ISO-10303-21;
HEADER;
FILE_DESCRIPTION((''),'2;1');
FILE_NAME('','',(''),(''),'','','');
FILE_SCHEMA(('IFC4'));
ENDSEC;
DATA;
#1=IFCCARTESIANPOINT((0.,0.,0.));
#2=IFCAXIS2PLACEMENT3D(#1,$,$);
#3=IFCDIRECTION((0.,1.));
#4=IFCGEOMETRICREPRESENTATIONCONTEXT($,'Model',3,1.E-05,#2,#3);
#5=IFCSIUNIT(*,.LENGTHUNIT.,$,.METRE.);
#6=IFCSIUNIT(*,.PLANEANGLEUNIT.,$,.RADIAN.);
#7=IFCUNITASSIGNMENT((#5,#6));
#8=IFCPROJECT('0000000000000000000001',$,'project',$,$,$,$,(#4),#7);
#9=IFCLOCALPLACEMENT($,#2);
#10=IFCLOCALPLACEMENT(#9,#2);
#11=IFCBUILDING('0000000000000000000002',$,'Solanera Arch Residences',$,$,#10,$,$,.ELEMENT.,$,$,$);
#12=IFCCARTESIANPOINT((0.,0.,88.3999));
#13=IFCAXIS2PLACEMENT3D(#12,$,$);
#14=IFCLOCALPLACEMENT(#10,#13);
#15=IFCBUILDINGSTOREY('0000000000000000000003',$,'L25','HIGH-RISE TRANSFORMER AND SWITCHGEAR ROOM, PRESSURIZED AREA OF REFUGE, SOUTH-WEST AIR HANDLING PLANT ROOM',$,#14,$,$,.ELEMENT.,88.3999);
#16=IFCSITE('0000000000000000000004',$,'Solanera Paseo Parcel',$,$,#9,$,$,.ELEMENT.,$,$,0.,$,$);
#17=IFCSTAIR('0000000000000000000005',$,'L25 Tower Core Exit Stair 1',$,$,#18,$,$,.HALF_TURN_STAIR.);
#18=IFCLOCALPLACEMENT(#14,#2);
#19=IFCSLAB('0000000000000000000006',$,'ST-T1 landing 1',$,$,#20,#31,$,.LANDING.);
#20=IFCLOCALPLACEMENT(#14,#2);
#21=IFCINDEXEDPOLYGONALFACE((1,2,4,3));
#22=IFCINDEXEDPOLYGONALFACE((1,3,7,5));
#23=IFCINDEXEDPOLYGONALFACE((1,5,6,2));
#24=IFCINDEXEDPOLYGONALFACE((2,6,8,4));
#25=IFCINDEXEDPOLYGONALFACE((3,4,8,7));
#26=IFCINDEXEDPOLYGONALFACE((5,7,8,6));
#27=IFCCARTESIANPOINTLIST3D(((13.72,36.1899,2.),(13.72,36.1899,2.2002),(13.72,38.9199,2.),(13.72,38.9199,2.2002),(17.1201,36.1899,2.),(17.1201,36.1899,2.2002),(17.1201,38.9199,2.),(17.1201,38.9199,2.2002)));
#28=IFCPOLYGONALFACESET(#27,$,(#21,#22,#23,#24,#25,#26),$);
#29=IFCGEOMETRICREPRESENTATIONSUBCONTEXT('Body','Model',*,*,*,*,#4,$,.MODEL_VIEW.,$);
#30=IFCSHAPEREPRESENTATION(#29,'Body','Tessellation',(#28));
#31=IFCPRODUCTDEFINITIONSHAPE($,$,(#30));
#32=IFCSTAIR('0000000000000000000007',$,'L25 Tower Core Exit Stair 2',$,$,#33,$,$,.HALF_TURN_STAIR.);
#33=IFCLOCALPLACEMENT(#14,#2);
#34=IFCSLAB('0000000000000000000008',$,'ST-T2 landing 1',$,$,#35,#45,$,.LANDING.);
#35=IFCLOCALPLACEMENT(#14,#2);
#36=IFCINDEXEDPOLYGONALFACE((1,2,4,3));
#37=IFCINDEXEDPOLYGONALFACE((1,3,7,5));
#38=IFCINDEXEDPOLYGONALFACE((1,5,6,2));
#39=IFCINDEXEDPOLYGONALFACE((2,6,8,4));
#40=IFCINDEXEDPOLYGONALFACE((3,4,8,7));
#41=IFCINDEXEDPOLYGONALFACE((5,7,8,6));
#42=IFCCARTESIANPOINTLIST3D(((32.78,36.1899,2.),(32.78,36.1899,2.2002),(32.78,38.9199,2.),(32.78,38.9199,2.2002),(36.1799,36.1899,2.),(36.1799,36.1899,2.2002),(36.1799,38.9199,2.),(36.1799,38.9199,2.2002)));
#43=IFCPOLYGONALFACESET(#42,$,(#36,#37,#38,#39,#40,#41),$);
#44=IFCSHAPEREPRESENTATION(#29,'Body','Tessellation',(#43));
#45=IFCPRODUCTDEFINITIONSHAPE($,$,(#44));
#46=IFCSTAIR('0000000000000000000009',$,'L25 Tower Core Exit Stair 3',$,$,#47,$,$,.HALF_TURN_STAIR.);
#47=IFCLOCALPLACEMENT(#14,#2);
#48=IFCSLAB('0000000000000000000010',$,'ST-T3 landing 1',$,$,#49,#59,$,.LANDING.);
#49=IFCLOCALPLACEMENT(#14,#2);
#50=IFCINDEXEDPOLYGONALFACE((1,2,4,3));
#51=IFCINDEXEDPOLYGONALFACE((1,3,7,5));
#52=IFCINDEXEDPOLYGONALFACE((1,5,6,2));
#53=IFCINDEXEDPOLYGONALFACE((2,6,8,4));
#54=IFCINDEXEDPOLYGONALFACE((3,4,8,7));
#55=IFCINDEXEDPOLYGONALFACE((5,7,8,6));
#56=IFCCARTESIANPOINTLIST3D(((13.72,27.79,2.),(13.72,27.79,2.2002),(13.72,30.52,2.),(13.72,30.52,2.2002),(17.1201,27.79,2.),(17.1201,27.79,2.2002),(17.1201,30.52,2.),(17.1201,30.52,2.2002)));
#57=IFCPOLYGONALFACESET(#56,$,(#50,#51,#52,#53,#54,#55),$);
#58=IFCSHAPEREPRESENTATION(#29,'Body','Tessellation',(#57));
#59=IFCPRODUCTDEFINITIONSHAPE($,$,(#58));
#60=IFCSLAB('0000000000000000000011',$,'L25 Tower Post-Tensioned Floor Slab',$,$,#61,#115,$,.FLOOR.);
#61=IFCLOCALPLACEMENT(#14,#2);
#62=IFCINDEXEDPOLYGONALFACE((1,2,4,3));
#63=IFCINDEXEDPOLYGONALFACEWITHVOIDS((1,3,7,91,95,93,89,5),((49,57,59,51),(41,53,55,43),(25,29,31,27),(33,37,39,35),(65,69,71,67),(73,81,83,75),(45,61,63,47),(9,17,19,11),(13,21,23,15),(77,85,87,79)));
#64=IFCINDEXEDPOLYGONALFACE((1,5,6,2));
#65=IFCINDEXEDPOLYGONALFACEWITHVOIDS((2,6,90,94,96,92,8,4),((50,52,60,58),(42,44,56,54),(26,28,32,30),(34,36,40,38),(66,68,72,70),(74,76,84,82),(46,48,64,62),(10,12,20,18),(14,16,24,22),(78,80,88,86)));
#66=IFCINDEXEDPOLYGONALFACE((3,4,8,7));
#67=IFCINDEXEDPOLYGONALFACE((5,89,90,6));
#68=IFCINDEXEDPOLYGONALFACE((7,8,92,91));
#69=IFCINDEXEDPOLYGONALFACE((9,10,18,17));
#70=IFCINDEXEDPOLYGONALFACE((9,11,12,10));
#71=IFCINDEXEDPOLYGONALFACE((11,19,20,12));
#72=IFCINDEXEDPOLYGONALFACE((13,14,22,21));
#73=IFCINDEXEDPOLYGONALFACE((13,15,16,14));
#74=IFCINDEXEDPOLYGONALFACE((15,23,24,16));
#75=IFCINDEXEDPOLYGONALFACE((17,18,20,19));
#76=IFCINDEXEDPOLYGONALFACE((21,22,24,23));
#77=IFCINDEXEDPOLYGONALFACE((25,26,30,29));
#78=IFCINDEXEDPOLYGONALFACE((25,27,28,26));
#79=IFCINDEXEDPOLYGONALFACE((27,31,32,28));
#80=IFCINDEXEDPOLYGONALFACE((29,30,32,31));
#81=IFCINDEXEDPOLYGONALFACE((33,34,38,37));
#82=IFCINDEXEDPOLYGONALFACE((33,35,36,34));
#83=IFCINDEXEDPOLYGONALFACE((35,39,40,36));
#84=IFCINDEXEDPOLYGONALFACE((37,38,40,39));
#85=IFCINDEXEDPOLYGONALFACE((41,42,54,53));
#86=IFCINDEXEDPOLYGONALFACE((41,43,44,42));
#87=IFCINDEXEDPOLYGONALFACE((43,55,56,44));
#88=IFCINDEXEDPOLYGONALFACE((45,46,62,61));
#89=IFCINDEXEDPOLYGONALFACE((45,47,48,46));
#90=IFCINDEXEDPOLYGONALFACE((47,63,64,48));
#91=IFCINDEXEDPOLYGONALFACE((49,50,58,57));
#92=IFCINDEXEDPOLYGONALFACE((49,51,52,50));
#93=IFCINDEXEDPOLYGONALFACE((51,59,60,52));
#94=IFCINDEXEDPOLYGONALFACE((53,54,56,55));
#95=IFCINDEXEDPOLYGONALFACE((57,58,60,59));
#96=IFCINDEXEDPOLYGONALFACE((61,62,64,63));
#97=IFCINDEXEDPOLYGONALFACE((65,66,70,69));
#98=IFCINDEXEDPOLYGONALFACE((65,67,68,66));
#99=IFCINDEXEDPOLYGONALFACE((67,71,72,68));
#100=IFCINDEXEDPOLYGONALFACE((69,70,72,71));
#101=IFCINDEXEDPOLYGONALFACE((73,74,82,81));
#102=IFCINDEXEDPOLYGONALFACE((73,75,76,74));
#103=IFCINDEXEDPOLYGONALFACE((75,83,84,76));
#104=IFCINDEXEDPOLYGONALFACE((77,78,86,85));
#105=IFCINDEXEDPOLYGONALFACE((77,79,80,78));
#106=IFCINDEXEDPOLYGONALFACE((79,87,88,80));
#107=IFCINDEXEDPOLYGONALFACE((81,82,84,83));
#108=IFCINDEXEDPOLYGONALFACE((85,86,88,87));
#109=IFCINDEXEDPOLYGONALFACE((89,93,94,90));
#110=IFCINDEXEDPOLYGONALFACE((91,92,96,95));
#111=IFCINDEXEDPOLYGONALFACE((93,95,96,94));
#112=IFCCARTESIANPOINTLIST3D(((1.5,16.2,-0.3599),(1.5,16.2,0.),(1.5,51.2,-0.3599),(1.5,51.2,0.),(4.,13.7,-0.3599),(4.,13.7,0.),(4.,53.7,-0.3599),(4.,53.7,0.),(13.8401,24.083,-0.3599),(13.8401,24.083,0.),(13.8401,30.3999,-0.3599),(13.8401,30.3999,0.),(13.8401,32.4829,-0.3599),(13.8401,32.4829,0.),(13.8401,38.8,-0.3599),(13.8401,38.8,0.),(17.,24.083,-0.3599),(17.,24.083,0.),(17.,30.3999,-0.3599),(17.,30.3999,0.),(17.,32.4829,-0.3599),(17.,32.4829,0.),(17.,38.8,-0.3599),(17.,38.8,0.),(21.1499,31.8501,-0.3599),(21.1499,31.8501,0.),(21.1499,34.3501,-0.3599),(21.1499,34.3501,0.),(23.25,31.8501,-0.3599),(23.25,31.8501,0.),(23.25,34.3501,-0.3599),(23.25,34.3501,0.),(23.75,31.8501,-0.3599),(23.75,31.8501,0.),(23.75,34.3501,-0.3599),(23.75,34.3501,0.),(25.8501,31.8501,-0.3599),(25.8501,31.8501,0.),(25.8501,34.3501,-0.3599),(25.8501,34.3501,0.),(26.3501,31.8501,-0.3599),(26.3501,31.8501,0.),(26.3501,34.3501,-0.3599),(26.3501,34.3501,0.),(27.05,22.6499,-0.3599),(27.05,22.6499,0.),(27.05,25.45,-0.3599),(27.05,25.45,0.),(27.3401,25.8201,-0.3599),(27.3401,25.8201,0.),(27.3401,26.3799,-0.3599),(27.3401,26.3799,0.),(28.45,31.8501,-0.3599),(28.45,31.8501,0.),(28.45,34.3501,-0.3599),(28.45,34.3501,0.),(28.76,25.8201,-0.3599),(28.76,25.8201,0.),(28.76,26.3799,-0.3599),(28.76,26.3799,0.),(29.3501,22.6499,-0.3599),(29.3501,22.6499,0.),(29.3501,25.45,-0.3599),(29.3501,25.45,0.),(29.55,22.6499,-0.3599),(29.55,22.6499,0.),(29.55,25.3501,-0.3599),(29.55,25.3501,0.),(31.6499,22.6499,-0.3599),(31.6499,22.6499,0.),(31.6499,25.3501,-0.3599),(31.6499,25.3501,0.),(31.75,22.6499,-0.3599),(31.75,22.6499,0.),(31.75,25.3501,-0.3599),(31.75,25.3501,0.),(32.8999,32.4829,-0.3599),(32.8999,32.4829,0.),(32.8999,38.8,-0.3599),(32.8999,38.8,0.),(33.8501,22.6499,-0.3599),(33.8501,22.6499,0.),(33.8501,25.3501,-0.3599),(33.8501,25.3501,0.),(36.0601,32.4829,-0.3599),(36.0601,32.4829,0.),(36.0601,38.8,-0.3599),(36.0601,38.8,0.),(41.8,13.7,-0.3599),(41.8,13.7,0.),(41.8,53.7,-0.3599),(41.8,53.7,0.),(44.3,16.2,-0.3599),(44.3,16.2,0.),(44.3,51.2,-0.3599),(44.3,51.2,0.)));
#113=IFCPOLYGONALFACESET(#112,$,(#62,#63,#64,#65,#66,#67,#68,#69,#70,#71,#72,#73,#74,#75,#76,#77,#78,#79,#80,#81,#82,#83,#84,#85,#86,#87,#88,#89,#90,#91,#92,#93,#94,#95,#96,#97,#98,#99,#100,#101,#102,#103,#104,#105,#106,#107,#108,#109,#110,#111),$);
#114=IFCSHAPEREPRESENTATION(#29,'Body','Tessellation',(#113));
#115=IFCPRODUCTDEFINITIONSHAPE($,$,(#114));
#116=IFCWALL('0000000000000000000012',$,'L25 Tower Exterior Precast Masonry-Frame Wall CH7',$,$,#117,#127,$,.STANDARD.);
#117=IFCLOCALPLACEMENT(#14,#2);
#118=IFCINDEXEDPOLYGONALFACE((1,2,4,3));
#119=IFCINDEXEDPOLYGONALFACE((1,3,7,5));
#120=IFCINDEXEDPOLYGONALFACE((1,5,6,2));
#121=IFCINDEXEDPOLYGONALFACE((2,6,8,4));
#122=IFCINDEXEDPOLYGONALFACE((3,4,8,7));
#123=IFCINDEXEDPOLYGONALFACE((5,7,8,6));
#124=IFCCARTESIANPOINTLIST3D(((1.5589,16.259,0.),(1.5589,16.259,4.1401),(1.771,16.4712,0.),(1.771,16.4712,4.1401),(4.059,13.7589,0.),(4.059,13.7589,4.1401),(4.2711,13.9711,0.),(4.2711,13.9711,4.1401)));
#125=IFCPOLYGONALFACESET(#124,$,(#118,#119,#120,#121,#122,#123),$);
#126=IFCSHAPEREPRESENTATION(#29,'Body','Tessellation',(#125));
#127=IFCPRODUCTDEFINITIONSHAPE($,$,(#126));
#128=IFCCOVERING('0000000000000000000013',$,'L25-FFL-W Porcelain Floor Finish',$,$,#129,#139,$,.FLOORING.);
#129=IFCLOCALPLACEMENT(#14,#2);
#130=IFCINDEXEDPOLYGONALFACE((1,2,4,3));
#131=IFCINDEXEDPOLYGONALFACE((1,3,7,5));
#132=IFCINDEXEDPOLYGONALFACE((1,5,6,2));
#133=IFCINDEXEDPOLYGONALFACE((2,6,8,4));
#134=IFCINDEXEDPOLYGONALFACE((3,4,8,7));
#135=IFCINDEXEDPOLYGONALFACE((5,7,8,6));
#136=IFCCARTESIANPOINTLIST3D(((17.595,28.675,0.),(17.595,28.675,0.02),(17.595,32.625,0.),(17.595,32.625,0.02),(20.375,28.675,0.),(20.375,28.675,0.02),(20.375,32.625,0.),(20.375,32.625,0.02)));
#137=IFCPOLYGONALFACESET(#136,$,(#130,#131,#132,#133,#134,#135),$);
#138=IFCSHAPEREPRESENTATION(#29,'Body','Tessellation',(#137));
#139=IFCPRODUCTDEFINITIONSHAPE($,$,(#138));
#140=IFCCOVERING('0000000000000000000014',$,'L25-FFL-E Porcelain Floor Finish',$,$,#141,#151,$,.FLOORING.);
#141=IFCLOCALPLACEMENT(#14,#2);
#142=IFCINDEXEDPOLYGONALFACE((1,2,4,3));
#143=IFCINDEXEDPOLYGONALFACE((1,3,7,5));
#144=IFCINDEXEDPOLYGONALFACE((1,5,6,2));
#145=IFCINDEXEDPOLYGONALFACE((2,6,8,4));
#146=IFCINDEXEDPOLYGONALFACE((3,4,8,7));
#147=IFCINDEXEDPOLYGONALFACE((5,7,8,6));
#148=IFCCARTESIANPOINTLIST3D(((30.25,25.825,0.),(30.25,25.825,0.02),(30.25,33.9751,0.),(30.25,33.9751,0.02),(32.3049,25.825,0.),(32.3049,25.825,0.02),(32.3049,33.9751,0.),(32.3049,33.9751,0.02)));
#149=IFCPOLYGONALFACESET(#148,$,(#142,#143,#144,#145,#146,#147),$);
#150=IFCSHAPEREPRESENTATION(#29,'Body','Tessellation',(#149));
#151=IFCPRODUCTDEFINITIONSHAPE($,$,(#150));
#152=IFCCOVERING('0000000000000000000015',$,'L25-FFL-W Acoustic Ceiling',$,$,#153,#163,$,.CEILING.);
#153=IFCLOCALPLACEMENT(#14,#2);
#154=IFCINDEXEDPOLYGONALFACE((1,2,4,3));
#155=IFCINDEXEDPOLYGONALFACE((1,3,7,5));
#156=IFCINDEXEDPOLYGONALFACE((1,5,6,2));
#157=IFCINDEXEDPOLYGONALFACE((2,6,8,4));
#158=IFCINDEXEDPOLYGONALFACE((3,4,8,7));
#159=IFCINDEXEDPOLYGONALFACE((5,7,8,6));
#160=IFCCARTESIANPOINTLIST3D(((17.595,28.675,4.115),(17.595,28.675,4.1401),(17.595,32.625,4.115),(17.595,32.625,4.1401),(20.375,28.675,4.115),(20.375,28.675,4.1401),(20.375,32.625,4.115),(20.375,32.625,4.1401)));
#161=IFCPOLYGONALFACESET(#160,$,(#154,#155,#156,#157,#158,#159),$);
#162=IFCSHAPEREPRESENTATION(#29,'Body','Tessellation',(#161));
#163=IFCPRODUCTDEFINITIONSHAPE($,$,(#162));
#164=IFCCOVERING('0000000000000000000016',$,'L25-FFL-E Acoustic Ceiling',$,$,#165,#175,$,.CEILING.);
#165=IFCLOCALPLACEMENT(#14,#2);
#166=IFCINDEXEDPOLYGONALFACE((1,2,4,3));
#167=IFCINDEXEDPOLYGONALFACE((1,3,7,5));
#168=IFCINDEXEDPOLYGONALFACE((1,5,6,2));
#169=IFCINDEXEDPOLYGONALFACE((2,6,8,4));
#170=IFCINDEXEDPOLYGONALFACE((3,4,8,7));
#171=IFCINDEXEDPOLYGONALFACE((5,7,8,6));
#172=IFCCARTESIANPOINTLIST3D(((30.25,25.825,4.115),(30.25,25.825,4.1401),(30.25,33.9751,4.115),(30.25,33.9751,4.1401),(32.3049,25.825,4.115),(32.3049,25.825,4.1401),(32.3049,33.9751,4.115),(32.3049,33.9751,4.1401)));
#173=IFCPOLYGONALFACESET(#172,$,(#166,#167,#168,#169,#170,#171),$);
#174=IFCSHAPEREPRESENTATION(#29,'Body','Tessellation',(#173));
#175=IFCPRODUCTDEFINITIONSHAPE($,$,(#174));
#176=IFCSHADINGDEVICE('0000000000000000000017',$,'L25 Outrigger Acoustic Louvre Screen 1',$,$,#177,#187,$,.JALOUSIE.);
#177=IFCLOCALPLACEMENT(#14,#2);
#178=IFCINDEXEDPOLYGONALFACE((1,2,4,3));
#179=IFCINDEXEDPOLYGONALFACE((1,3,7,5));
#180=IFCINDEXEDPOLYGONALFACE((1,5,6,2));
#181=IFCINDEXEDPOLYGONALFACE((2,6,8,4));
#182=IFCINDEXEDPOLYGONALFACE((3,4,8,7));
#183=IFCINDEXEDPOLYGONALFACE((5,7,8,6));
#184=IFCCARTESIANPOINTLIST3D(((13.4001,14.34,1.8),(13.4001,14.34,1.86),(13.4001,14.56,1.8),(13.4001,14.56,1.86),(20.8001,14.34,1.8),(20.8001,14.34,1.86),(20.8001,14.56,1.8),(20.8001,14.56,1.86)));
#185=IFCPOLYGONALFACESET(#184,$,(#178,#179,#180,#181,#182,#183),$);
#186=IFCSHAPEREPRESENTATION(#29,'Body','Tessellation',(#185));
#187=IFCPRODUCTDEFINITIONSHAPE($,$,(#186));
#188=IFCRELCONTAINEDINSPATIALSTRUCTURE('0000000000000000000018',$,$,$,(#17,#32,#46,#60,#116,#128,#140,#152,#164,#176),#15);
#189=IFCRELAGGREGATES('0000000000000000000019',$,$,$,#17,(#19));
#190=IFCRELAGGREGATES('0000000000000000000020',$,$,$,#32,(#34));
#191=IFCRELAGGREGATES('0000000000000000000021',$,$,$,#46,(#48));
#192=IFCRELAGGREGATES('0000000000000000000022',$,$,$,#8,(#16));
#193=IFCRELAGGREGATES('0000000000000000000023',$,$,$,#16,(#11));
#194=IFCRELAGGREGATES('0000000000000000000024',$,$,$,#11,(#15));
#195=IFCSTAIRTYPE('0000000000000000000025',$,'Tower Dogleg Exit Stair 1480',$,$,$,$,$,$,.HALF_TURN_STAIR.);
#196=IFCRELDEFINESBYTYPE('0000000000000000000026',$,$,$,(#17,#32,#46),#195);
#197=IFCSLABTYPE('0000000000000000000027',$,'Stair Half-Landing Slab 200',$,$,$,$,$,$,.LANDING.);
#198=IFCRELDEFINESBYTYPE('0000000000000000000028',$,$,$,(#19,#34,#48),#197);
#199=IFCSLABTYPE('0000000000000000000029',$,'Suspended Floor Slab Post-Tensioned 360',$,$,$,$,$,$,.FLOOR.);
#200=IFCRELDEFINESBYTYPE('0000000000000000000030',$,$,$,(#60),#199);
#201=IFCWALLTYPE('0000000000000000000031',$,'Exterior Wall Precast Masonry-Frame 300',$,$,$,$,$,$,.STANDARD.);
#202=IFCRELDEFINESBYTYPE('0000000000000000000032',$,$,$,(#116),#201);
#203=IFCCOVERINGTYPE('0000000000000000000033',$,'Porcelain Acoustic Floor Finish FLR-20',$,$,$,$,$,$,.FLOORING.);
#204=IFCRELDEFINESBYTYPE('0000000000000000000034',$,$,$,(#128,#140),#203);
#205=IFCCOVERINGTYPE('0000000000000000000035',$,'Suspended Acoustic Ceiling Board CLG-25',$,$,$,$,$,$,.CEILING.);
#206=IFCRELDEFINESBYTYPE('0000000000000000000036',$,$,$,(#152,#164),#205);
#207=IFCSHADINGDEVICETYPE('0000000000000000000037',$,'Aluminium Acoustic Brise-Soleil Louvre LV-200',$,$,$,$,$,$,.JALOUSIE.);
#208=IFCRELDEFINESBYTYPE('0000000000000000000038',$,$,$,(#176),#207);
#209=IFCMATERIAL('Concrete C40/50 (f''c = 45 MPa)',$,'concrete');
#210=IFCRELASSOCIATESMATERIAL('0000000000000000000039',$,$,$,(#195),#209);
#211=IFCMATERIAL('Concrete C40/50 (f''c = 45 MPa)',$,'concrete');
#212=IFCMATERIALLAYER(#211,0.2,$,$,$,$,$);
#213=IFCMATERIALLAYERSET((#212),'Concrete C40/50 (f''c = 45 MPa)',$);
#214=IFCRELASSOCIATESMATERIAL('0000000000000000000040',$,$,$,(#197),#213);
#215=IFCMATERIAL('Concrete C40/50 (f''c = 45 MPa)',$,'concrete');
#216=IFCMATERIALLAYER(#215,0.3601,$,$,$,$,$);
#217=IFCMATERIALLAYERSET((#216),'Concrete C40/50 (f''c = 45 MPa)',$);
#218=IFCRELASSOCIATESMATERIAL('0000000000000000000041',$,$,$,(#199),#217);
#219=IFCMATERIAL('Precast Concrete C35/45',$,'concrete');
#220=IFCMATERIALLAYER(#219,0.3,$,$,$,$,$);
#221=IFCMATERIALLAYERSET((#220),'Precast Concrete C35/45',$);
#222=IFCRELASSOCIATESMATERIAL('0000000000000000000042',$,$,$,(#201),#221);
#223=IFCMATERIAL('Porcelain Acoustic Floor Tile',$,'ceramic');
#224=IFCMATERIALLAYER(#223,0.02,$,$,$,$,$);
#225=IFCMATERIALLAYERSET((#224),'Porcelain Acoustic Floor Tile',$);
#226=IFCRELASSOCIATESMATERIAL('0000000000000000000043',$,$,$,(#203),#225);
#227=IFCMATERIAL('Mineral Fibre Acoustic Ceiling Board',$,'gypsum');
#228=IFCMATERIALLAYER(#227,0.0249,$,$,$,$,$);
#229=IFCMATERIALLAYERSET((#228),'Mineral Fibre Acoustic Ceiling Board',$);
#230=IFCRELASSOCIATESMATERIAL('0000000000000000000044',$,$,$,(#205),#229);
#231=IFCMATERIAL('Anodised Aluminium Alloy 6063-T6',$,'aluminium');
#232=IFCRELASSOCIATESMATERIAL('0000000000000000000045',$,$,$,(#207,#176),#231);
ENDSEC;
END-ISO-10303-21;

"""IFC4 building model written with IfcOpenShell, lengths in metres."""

from ifc_helpers import new_model, si_unit, direction, frame, frame_2d, origin, origin_2d, place, context, subcontext, project, spatial, polyline, rectangle, outline, extrude, material, layer, layer_set, type_object, element, aggregate, save


model = new_model("IFC4")

# Units and contexts
model_context = context("Model", 3, precision=1e-05, world=origin(), true_north=direction((0.0, 1.0)))
body_context = subcontext(model_context, "Body", "Model", "MODEL_VIEW")
ifc_project = project(units=[si_unit("LENGTHUNIT", "METRE"), si_unit("PLANEANGLEUNIT", "RADIAN")], contexts=[model_context])

# Site, building, storey
site_placement = place(None, origin())
site = spatial("IfcSite", under=ifc_project, at=site_placement, Name="Solanera Paseo Parcel", CompositionType="ELEMENT", RefElevation=0.0)
building_placement = place(site_placement, origin())
building = spatial("IfcBuilding", under=site, at=building_placement, Name="Solanera Arch Residences", CompositionType="ELEMENT")
storey_placement = place(building_placement, frame((0.0, 0.0, 88.3999)))
storey = spatial("IfcBuildingStorey", under=building, at=storey_placement, Name="L25", Description="HIGH-RISE TRANSFORMER AND SWITCHGEAR ROOM, PRESSURIZED AREA OF REFUGE, SOUTH-WEST AIR HANDLING PLANT ROOM", CompositionType="ELEMENT", Elevation=88.3999)

# Stairs, slabs
ifc_material_1 = material(Name="Concrete C40/50 (f'c = 45 MPa)", Category="concrete")
stair_type = type_object("IfcStairType", Name="Tower Dogleg Exit Stair 1480", PredefinedType="HALF_TURN_STAIR", material=ifc_material_1)
stair_1_placement = place(storey_placement, origin())
stair_1 = element("IfcStair", 1, at=stair_1_placement, inside=storey, type_object=stair_type, Name="L25 Tower Core Exit Stair 1", PredefinedType="HALF_TURN_STAIR")
ifc_material_2 = material(Name="Concrete C40/50 (f'c = 45 MPa)", Category="concrete")
ifc_layer_1 = layer(ifc_material_2, 0.2)
ifc_layer_set_1 = layer_set([ifc_layer_1], Name="Concrete C40/50 (f'c = 45 MPa)")
slab_type_1 = type_object("IfcSlabType", Name="Stair Half-Landing Slab 200", PredefinedType="LANDING", material=ifc_layer_set_1)
slab_1_placement = place(storey_placement, frame((0.0, 0.0, 2.0)))
slab_1 = element("IfcSlab", 2, at=slab_1_placement, type_object=slab_type_1, Name="ST-T1 landing 1", PredefinedType="LANDING", context=body_context, shape_type="SweptSolid", body=[
    extrude(outline(polyline([(17.1201, 36.1899), (17.1201, 38.9199), (13.72, 38.9199), (13.72, 36.1899), (17.1201, 36.1899)])), origin(), (0.0, 0.0, 1.0), 0.2002),
])
aggregate(stair_1, [slab_1])
stair_2_placement = place(storey_placement, origin())
stair_2 = element("IfcStair", 3, at=stair_2_placement, inside=storey, type_object=stair_type, Name="L25 Tower Core Exit Stair 2", PredefinedType="HALF_TURN_STAIR")
slab_2_placement = place(storey_placement, frame((0.0, 0.0, 2.0)))
slab_2 = element("IfcSlab", 4, at=slab_2_placement, type_object=slab_type_1, Name="ST-T2 landing 1", PredefinedType="LANDING", context=body_context, shape_type="SweptSolid", body=[
    extrude(outline(polyline([(36.1799, 36.1899), (36.1799, 38.9199), (32.78, 38.9199), (32.78, 36.1899), (36.1799, 36.1899)])), origin(), (0.0, 0.0, 1.0), 0.2002),
])
aggregate(stair_2, [slab_2])
stair_3_placement = place(storey_placement, origin())
stair_3 = element("IfcStair", 5, at=stair_3_placement, inside=storey, type_object=stair_type, Name="L25 Tower Core Exit Stair 3", PredefinedType="HALF_TURN_STAIR")
slab_3_placement = place(storey_placement, frame((0.0, 0.0, 2.0)))
slab_3 = element("IfcSlab", 6, at=slab_3_placement, type_object=slab_type_1, Name="ST-T3 landing 1", PredefinedType="LANDING", context=body_context, shape_type="SweptSolid", body=[
    extrude(outline(polyline([(17.1201, 27.79), (17.1201, 30.52), (13.72, 30.52), (13.72, 27.79), (17.1201, 27.79)])), origin(), (0.0, 0.0, 1.0), 0.2002),
])
aggregate(stair_3, [slab_3])

# Slab
ifc_material_3 = material(Name="Concrete C40/50 (f'c = 45 MPa)", Category="concrete")
ifc_layer_2 = layer(ifc_material_3, 0.3601)
ifc_layer_set_2 = layer_set([ifc_layer_2], Name="Concrete C40/50 (f'c = 45 MPa)")
slab_type_2 = type_object("IfcSlabType", Name="Suspended Floor Slab Post-Tensioned 360", PredefinedType="FLOOR", material=ifc_layer_set_2)
slab_4_placement = place(storey_placement, frame((0.0, 0.0, -0.3599)))
element("IfcSlab", 7, at=slab_4_placement, inside=storey, type_object=slab_type_2, Name="L25 Tower Post-Tensioned Floor Slab", PredefinedType="FLOOR", context=body_context, shape_type="SweptSolid", body=[
    extrude(outline(polyline([(4.0, 13.7), (41.8, 13.7), (44.3, 16.2), (44.3, 51.2), (41.8, 53.7), (4.0, 53.7), (1.5, 51.2), (1.5, 16.2), (4.0, 13.7)]), holes=[polyline([(13.8401, 32.4829), (13.8401, 38.8), (17.0, 38.8), (17.0, 32.4829), (13.8401, 32.4829)]), polyline([(32.8999, 32.4829), (32.8999, 38.8), (36.0601, 38.8), (36.0601, 32.4829), (32.8999, 32.4829)]), polyline([(13.8401, 24.083), (13.8401, 30.3999), (17.0, 30.3999), (17.0, 24.083), (13.8401, 24.083)]), polyline([(21.1499, 34.3501), (23.25, 34.3501), (23.25, 31.8501), (21.1499, 31.8501), (21.1499, 34.3501)]), polyline([(23.75, 34.3501), (25.8501, 34.3501), (25.8501, 31.8501), (23.75, 31.8501), (23.75, 34.3501)]), polyline([(26.3501, 34.3501), (28.45, 34.3501), (28.45, 31.8501), (26.3501, 31.8501), (26.3501, 34.3501)]), polyline([(29.55, 25.3501), (31.6499, 25.3501), (31.6499, 22.6499), (29.55, 22.6499), (29.55, 25.3501)]), polyline([(31.75, 25.3501), (33.8501, 25.3501), (33.8501, 22.6499), (31.75, 22.6499), (31.75, 25.3501)]), polyline([(27.05, 25.45), (29.3501, 25.45), (29.3501, 22.6499), (27.05, 22.6499), (27.05, 25.45)]), polyline([(27.3401, 26.3799), (28.76, 26.3799), (28.76, 25.8201), (27.3401, 25.8201), (27.3401, 26.3799)])]), origin(), (0.0, 0.0, 1.0), 0.3599),
])

# Wall
ifc_material_4 = material(Name="Precast Concrete C35/45", Category="concrete")
ifc_layer_3 = layer(ifc_material_4, 0.3)
ifc_layer_set_3 = layer_set([ifc_layer_3], Name="Precast Concrete C35/45")
wall_type_1 = type_object("IfcWallType", Name="Exterior Wall Precast Masonry-Frame 300", PredefinedType="STANDARD", material=ifc_layer_set_3)
wall_placement = place(storey_placement, frame((4.165, 13.865, 0.0), z_axis=(0.0, 0.0, 1.0), x_axis=(-0.707107, 0.707107, 0.0)))
element("IfcWall", 8, at=wall_placement, inside=storey, type_object=wall_type_1, Name="L25 Tower Exterior Precast Masonry-Frame Wall CH7", PredefinedType="STANDARD", context=body_context, shape_type="SweptSolid", body=[
    extrude(rectangle(XDim=3.5356, YDim=0.3, at=frame_2d((1.7678, 0.0))), origin(), (0.0, 0.0, 1.0), 4.1401),
])

# Coverings
ifc_material_5 = material(Name="Porcelain Acoustic Floor Tile", Category="ceramic")
ifc_layer_4 = layer(ifc_material_5, 0.02)
ifc_layer_set_4 = layer_set([ifc_layer_4], Name="Porcelain Acoustic Floor Tile")
covering_type_1 = type_object("IfcCoveringType", Name="Porcelain Acoustic Floor Finish FLR-20", PredefinedType="FLOORING", material=ifc_layer_set_4)
covering_1_placement = place(storey_placement, origin())
element("IfcCovering", 9, at=covering_1_placement, inside=storey, type_object=covering_type_1, Name="L25-FFL-W Porcelain Floor Finish", PredefinedType="FLOORING", context=body_context, shape_type="SweptSolid", body=[
    extrude(outline(polyline([(20.375, 28.675), (17.595, 28.675), (17.595, 32.625), (20.375, 32.625), (20.375, 28.675)])), origin(), (0.0, 0.0, 1.0), 0.02),
])
covering_2_placement = place(storey_placement, origin())
element("IfcCovering", 10, at=covering_2_placement, inside=storey, type_object=covering_type_1, Name="L25-FFL-E Porcelain Floor Finish", PredefinedType="FLOORING", context=body_context, shape_type="SweptSolid", body=[
    extrude(outline(polyline([(32.3049, 25.825), (30.25, 25.825), (30.25, 33.9751), (32.3049, 33.9751), (32.3049, 25.825)])), origin(), (0.0, 0.0, 1.0), 0.02),
])
ifc_material_6 = material(Name="Mineral Fibre Acoustic Ceiling Board", Category="gypsum")
ifc_layer_5 = layer(ifc_material_6, 0.0249)
ifc_layer_set_5 = layer_set([ifc_layer_5], Name="Mineral Fibre Acoustic Ceiling Board")
covering_type_2 = type_object("IfcCoveringType", Name="Suspended Acoustic Ceiling Board CLG-25", PredefinedType="CEILING", material=ifc_layer_set_5)
covering_3_placement = place(storey_placement, frame((0.0, 0.0, 4.115)))
element("IfcCovering", 11, at=covering_3_placement, inside=storey, type_object=covering_type_2, Name="L25-FFL-W Acoustic Ceiling", PredefinedType="CEILING", context=body_context, shape_type="SweptSolid", body=[
    extrude(outline(polyline([(20.375, 28.675), (17.595, 28.675), (17.595, 32.625), (20.375, 32.625), (20.375, 28.675)])), origin(), (0.0, 0.0, 1.0), 0.0251),
])
covering_4_placement = place(storey_placement, frame((0.0, 0.0, 4.115)))
element("IfcCovering", 12, at=covering_4_placement, inside=storey, type_object=covering_type_2, Name="L25-FFL-E Acoustic Ceiling", PredefinedType="CEILING", context=body_context, shape_type="SweptSolid", body=[
    extrude(outline(polyline([(32.3049, 25.825), (30.25, 25.825), (30.25, 33.9751), (32.3049, 33.9751), (32.3049, 25.825)])), origin(), (0.0, 0.0, 1.0), 0.0251),
])

# Shading device
ifc_material_7 = material(Name="Anodised Aluminium Alloy 6063-T6", Category="aluminium")
shading_device_type = type_object("IfcShadingDeviceType", Name="Aluminium Acoustic Brise-Soleil Louvre LV-200", PredefinedType="JALOUSIE", material=ifc_material_7)
shading_device_placement = place(storey_placement, frame((17.1001, 14.45, 1.8)))
element("IfcShadingDevice", 13, at=shading_device_placement, inside=storey, type_object=shading_device_type, material=ifc_material_7, Name="L25 Outrigger Acoustic Louvre Screen 1", PredefinedType="JALOUSIE", context=body_context, shape_type="SweptSolid", body=[
    extrude(rectangle(XDim=7.4, YDim=0.22, at=origin_2d()), origin(), (0.0, 0.0, 1.0), 0.06),
])

save(model, "model.ifc")
